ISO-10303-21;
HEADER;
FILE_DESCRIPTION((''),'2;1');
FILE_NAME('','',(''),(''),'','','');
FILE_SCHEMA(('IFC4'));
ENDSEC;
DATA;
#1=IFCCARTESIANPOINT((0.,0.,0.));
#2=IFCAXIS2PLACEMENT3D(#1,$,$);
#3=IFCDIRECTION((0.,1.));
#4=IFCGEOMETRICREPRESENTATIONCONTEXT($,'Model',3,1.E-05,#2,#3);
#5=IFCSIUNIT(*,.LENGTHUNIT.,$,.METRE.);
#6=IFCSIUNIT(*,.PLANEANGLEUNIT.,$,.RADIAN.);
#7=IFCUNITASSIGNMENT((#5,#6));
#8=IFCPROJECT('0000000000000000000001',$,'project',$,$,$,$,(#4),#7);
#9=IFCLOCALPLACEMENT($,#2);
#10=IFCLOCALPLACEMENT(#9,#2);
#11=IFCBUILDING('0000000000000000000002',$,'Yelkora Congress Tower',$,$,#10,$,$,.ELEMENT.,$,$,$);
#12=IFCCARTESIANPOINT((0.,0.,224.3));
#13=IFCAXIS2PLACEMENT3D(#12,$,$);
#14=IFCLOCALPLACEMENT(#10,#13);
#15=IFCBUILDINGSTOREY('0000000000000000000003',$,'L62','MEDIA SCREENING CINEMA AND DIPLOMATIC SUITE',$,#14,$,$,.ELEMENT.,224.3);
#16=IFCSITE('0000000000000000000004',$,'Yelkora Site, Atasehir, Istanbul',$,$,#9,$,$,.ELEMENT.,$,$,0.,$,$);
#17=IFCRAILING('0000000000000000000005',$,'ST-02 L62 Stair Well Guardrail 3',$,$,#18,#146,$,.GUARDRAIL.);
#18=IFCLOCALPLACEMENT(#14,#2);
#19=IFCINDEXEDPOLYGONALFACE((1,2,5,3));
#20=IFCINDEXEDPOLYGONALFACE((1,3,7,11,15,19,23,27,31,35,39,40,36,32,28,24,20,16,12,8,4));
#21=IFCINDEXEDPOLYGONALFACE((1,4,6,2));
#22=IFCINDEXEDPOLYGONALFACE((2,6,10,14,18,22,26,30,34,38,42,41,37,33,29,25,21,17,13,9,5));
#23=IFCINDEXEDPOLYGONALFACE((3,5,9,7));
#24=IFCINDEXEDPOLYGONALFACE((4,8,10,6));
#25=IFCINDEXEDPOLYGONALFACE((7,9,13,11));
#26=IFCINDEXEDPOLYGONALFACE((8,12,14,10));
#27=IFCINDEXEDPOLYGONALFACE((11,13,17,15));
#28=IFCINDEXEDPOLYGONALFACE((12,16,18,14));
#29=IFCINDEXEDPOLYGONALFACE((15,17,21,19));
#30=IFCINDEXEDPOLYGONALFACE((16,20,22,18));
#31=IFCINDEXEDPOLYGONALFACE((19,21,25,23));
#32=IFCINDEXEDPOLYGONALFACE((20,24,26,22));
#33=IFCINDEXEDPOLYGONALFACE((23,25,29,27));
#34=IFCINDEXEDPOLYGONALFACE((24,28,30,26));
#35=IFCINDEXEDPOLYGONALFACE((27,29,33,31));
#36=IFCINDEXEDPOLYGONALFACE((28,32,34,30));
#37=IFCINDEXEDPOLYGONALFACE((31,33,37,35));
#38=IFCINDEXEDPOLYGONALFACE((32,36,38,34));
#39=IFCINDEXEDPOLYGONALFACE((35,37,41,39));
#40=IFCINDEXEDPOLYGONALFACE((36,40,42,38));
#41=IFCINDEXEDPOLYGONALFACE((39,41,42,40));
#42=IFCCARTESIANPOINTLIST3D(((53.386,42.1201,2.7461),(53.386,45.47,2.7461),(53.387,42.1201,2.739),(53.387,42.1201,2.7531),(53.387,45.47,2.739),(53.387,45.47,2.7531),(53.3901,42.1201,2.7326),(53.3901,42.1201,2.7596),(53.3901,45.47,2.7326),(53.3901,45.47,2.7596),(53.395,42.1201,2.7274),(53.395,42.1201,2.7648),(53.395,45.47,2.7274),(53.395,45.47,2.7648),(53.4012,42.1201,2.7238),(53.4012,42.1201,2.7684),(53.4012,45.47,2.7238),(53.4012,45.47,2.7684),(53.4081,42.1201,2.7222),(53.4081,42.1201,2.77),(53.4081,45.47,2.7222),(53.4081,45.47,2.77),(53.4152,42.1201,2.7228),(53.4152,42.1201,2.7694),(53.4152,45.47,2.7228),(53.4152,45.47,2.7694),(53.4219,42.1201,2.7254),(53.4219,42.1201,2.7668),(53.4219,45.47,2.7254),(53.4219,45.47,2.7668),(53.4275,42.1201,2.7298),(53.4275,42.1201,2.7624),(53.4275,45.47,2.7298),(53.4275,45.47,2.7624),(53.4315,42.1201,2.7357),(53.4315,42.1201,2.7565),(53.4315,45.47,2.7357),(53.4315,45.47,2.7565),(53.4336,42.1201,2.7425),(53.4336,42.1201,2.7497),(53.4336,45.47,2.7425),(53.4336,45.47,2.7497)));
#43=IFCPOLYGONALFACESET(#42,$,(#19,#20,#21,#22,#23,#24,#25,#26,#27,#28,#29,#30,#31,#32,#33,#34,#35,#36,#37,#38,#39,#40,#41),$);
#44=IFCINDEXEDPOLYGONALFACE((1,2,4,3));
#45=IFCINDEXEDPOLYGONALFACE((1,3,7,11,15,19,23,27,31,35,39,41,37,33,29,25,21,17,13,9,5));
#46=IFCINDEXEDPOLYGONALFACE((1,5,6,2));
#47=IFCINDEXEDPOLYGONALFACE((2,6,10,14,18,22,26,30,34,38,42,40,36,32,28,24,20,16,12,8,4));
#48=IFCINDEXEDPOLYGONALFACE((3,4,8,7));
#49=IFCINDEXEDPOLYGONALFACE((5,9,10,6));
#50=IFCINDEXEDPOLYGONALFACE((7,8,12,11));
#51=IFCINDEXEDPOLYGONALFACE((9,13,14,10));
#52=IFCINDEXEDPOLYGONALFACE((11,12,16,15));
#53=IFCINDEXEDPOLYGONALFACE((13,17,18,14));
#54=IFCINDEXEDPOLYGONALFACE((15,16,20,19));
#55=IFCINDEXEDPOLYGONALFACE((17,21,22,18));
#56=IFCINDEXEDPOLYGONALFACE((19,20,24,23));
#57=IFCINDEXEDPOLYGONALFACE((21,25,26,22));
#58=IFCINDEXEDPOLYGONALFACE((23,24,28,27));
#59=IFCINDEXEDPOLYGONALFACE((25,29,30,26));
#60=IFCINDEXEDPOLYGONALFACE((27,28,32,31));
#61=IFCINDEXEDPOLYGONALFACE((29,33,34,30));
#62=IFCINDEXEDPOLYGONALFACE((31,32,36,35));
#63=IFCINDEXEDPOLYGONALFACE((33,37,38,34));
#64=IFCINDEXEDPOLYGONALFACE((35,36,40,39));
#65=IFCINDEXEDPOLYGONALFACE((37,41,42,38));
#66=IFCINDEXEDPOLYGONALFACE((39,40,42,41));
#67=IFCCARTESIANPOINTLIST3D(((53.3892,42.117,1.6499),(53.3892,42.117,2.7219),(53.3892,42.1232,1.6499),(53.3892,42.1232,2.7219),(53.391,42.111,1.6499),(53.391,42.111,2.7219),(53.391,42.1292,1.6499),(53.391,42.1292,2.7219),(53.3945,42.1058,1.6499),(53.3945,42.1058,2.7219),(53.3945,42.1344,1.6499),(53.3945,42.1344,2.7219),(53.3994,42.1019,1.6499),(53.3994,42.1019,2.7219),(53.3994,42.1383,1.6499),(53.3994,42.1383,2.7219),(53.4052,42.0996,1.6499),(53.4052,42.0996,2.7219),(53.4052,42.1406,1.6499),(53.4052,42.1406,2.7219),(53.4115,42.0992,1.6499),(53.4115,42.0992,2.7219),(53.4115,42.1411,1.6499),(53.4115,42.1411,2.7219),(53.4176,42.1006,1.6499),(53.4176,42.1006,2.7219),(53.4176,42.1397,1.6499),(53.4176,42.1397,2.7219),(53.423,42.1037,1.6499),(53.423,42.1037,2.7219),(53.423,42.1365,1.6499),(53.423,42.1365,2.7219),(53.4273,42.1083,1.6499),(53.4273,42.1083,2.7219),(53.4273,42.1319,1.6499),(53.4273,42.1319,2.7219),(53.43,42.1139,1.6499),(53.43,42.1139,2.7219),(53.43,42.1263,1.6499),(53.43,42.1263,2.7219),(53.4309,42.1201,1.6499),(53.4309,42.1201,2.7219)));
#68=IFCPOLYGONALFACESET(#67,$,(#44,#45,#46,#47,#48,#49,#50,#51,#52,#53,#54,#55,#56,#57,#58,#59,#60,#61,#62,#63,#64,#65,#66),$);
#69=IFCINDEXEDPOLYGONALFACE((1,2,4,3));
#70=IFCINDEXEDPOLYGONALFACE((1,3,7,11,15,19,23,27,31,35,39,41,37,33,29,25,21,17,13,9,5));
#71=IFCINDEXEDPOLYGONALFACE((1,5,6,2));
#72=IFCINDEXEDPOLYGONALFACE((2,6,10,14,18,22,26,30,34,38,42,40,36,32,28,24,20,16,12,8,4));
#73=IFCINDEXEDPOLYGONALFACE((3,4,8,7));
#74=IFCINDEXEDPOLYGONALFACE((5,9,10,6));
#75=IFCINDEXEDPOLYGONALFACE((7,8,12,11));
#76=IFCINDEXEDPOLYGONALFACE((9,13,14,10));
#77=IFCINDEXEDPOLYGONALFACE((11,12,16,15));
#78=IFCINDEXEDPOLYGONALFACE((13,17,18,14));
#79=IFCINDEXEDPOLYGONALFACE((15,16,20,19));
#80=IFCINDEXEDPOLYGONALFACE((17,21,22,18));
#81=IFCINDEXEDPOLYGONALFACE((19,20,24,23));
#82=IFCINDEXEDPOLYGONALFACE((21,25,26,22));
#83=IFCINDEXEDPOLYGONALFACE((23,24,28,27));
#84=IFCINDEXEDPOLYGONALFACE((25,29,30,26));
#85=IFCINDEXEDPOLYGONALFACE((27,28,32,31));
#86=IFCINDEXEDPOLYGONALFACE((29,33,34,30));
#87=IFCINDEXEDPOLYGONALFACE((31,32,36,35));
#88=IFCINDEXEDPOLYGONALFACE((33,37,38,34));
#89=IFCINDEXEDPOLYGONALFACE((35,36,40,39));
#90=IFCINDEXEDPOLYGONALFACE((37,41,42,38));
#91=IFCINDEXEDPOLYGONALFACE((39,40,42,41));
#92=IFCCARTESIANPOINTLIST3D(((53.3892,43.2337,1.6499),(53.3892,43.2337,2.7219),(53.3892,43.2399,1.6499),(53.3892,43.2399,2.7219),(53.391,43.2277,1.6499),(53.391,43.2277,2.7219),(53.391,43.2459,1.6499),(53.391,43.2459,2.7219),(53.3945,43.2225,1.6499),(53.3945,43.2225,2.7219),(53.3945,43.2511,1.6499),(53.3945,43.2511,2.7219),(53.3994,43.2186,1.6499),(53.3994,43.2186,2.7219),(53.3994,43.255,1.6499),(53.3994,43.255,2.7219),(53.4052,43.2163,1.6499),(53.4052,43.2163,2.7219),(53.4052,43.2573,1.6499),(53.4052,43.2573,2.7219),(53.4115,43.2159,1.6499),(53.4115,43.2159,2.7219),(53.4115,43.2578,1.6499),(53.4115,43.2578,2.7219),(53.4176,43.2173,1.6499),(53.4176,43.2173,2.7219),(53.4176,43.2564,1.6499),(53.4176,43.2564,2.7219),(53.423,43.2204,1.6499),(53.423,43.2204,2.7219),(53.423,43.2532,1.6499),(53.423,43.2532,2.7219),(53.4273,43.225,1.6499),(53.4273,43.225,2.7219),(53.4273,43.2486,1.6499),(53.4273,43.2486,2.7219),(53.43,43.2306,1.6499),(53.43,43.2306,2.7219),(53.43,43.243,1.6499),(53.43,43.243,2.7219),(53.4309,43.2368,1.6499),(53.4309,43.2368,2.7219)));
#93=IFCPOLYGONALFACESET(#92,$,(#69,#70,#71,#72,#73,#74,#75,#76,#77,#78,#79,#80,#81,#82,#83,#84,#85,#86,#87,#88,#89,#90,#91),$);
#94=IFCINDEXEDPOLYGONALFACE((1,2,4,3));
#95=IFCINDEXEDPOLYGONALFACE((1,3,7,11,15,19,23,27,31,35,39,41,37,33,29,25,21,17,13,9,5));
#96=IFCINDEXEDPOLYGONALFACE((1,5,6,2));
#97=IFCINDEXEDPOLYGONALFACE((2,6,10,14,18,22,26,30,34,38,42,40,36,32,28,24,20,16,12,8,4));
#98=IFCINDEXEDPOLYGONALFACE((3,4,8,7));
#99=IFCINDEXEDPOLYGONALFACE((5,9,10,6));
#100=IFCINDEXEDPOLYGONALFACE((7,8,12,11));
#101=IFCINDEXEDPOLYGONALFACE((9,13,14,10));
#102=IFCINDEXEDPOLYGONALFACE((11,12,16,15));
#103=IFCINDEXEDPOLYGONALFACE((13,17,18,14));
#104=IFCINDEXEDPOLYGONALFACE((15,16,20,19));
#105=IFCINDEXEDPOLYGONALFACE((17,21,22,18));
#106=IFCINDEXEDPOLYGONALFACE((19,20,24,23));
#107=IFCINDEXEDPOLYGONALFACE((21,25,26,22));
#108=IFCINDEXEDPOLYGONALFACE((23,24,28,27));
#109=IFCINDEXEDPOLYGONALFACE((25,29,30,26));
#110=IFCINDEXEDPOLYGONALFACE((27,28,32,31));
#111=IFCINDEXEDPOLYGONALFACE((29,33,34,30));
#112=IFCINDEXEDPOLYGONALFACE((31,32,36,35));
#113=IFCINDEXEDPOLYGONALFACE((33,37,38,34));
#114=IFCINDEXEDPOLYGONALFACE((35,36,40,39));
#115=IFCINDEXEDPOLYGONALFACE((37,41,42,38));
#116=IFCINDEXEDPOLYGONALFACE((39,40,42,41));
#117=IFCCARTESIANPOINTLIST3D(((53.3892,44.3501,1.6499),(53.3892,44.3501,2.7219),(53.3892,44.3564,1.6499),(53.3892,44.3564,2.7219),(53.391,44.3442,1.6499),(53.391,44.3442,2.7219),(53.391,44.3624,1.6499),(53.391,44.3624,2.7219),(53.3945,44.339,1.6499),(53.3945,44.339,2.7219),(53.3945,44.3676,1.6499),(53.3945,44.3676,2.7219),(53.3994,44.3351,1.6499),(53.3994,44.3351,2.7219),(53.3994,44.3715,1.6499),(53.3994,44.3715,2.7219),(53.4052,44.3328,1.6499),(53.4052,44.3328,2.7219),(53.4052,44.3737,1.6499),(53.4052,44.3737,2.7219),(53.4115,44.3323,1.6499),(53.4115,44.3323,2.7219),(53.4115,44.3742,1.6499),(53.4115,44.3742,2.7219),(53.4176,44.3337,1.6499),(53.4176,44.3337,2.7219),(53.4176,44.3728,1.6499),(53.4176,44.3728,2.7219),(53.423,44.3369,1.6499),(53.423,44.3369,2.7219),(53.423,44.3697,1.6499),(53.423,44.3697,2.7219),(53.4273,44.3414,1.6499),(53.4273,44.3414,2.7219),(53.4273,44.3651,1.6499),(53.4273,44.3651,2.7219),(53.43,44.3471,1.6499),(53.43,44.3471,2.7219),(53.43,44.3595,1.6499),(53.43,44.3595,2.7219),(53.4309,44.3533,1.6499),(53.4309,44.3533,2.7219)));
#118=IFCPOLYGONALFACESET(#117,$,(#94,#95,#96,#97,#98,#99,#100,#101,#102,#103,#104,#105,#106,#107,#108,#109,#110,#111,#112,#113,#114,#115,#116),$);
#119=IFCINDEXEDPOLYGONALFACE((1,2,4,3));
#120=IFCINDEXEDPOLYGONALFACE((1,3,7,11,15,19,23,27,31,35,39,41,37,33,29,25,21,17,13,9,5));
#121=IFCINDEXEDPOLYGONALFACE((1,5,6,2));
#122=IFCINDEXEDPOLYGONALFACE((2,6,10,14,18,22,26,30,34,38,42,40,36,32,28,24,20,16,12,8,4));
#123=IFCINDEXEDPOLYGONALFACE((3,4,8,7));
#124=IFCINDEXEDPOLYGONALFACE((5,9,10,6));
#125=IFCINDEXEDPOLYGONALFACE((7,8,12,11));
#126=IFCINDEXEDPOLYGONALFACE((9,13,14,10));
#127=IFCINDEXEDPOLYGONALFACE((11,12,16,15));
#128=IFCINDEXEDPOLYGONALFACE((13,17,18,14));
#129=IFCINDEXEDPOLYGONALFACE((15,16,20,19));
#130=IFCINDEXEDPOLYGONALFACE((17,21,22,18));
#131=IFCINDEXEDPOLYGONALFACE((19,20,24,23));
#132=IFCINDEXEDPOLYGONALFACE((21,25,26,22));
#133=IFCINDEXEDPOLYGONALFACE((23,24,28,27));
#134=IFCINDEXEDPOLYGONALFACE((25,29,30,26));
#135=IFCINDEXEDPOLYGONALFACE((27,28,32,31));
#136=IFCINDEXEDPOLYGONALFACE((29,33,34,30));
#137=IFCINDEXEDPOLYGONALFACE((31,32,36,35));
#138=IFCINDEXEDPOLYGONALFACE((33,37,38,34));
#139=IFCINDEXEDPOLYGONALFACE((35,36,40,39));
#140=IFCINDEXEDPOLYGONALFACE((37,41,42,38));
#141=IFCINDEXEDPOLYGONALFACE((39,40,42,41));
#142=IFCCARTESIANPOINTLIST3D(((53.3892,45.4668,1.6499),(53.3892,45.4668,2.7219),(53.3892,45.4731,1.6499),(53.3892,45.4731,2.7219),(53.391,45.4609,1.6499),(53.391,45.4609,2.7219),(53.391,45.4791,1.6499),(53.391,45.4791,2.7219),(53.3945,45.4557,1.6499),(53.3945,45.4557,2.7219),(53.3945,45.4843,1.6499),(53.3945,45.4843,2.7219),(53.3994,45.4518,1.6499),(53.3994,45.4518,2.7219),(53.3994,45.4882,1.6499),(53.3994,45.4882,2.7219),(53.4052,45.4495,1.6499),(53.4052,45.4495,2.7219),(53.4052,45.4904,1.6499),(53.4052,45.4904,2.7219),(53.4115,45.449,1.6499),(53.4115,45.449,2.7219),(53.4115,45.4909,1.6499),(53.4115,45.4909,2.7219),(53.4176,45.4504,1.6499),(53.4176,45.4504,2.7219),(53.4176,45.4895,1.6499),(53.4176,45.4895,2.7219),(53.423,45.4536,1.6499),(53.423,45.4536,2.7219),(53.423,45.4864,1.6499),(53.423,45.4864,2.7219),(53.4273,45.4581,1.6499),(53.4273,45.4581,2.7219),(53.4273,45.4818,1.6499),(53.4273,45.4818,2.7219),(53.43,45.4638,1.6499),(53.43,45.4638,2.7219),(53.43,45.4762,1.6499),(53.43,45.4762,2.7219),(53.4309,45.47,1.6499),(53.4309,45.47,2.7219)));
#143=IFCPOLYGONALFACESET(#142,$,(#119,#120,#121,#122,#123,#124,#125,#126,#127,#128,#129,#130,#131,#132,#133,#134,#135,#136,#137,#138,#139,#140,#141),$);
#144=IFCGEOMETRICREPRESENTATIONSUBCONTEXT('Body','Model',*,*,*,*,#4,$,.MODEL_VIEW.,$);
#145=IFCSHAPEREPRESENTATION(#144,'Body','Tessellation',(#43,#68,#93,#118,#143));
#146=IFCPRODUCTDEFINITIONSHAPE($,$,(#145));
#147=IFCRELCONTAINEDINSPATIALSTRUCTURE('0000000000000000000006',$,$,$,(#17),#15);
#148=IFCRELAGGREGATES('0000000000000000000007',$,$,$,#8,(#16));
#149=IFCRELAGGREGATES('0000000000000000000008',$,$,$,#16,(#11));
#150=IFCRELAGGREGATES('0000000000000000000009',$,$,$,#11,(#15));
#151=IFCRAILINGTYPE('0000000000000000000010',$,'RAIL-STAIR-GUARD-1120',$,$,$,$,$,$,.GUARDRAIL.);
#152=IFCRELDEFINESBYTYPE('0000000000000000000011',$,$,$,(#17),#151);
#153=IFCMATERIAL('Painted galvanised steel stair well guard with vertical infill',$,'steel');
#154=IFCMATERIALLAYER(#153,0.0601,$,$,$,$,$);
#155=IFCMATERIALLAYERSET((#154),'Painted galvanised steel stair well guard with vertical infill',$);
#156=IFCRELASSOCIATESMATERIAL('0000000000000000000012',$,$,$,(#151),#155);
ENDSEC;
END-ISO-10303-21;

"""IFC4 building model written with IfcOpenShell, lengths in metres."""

from ifc_helpers import new_model, si_unit, direction, frame, origin, origin_2d, place, context, subcontext, project, spatial, circle, extrude, material, layer, layer_set, type_object, element, save


model = new_model("IFC4")

# Units and contexts
model_context = context("Model", 3, precision=1e-05, world=origin(), true_north=direction((0.0, 1.0)))
body_context = subcontext(model_context, "Body", "Model", "MODEL_VIEW")
ifc_project = project(units=[si_unit("LENGTHUNIT", "METRE"), si_unit("PLANEANGLEUNIT", "RADIAN")], contexts=[model_context])

# Site, building, storey
site_placement = place(None, origin())
site = spatial("IfcSite", under=ifc_project, at=site_placement, Name="Yelkora Site, Atasehir, Istanbul", CompositionType="ELEMENT", RefElevation=0.0)
building_placement = place(site_placement, origin())
building = spatial("IfcBuilding", under=site, at=building_placement, Name="Yelkora Congress Tower", CompositionType="ELEMENT")
storey_placement = place(building_placement, frame((0.0, 0.0, 224.3)))
storey = spatial("IfcBuildingStorey", under=building, at=storey_placement, Name="L62", Description="MEDIA SCREENING CINEMA AND DIPLOMATIC SUITE", CompositionType="ELEMENT", Elevation=224.3)

# Railing
ifc_material_1 = material(Name="Painted galvanised steel stair well guard with vertical infill", Category="steel")
ifc_layer_1 = layer(ifc_material_1, 0.0601)
ifc_layer_set_1 = layer_set([ifc_layer_1], Name="Painted galvanised steel stair well guard with vertical infill")
railing_type_1 = type_object("IfcRailingType", Name="RAIL-STAIR-GUARD-1120", PredefinedType="GUARDRAIL", material=ifc_layer_set_1)
railing_1_placement = place(storey_placement, frame((53.4099, 42.1201, 1.6499)))
element("IfcRailing", 1, at=railing_1_placement, inside=storey, type_object=railing_type_1, Name="ST-02 L62 Stair Well Guardrail 3", PredefinedType="GUARDRAIL", context=body_context, shape_type="SweptSolid", body=[
    extrude(circle(Radius=0.0239, at=origin_2d()), frame((0.0, 0.0, 1.0962), z_axis=(0.0, 1.0, 0.0), x_axis=(-1.0, 0.0, 0.0)), (0.0, 0.0, 1.0), 3.3499),
    extrude(circle(Radius=0.021, at=origin_2d()), origin(), (0.0, 0.0, 1.0), 1.072),
    extrude(circle(Radius=0.021, at=origin_2d()), frame((0.0, 1.1167, 0.0)), (0.0, 0.0, 1.0), 1.072),
    extrude(circle(Radius=0.021, at=origin_2d()), frame((0.0, 2.2332, 0.0)), (0.0, 0.0, 1.0), 1.072),
    extrude(circle(Radius=0.021, at=origin_2d()), frame((0.0, 3.3499, 0.0)), (0.0, 0.0, 1.0), 1.072),
])

save(model, "model.ifc")
